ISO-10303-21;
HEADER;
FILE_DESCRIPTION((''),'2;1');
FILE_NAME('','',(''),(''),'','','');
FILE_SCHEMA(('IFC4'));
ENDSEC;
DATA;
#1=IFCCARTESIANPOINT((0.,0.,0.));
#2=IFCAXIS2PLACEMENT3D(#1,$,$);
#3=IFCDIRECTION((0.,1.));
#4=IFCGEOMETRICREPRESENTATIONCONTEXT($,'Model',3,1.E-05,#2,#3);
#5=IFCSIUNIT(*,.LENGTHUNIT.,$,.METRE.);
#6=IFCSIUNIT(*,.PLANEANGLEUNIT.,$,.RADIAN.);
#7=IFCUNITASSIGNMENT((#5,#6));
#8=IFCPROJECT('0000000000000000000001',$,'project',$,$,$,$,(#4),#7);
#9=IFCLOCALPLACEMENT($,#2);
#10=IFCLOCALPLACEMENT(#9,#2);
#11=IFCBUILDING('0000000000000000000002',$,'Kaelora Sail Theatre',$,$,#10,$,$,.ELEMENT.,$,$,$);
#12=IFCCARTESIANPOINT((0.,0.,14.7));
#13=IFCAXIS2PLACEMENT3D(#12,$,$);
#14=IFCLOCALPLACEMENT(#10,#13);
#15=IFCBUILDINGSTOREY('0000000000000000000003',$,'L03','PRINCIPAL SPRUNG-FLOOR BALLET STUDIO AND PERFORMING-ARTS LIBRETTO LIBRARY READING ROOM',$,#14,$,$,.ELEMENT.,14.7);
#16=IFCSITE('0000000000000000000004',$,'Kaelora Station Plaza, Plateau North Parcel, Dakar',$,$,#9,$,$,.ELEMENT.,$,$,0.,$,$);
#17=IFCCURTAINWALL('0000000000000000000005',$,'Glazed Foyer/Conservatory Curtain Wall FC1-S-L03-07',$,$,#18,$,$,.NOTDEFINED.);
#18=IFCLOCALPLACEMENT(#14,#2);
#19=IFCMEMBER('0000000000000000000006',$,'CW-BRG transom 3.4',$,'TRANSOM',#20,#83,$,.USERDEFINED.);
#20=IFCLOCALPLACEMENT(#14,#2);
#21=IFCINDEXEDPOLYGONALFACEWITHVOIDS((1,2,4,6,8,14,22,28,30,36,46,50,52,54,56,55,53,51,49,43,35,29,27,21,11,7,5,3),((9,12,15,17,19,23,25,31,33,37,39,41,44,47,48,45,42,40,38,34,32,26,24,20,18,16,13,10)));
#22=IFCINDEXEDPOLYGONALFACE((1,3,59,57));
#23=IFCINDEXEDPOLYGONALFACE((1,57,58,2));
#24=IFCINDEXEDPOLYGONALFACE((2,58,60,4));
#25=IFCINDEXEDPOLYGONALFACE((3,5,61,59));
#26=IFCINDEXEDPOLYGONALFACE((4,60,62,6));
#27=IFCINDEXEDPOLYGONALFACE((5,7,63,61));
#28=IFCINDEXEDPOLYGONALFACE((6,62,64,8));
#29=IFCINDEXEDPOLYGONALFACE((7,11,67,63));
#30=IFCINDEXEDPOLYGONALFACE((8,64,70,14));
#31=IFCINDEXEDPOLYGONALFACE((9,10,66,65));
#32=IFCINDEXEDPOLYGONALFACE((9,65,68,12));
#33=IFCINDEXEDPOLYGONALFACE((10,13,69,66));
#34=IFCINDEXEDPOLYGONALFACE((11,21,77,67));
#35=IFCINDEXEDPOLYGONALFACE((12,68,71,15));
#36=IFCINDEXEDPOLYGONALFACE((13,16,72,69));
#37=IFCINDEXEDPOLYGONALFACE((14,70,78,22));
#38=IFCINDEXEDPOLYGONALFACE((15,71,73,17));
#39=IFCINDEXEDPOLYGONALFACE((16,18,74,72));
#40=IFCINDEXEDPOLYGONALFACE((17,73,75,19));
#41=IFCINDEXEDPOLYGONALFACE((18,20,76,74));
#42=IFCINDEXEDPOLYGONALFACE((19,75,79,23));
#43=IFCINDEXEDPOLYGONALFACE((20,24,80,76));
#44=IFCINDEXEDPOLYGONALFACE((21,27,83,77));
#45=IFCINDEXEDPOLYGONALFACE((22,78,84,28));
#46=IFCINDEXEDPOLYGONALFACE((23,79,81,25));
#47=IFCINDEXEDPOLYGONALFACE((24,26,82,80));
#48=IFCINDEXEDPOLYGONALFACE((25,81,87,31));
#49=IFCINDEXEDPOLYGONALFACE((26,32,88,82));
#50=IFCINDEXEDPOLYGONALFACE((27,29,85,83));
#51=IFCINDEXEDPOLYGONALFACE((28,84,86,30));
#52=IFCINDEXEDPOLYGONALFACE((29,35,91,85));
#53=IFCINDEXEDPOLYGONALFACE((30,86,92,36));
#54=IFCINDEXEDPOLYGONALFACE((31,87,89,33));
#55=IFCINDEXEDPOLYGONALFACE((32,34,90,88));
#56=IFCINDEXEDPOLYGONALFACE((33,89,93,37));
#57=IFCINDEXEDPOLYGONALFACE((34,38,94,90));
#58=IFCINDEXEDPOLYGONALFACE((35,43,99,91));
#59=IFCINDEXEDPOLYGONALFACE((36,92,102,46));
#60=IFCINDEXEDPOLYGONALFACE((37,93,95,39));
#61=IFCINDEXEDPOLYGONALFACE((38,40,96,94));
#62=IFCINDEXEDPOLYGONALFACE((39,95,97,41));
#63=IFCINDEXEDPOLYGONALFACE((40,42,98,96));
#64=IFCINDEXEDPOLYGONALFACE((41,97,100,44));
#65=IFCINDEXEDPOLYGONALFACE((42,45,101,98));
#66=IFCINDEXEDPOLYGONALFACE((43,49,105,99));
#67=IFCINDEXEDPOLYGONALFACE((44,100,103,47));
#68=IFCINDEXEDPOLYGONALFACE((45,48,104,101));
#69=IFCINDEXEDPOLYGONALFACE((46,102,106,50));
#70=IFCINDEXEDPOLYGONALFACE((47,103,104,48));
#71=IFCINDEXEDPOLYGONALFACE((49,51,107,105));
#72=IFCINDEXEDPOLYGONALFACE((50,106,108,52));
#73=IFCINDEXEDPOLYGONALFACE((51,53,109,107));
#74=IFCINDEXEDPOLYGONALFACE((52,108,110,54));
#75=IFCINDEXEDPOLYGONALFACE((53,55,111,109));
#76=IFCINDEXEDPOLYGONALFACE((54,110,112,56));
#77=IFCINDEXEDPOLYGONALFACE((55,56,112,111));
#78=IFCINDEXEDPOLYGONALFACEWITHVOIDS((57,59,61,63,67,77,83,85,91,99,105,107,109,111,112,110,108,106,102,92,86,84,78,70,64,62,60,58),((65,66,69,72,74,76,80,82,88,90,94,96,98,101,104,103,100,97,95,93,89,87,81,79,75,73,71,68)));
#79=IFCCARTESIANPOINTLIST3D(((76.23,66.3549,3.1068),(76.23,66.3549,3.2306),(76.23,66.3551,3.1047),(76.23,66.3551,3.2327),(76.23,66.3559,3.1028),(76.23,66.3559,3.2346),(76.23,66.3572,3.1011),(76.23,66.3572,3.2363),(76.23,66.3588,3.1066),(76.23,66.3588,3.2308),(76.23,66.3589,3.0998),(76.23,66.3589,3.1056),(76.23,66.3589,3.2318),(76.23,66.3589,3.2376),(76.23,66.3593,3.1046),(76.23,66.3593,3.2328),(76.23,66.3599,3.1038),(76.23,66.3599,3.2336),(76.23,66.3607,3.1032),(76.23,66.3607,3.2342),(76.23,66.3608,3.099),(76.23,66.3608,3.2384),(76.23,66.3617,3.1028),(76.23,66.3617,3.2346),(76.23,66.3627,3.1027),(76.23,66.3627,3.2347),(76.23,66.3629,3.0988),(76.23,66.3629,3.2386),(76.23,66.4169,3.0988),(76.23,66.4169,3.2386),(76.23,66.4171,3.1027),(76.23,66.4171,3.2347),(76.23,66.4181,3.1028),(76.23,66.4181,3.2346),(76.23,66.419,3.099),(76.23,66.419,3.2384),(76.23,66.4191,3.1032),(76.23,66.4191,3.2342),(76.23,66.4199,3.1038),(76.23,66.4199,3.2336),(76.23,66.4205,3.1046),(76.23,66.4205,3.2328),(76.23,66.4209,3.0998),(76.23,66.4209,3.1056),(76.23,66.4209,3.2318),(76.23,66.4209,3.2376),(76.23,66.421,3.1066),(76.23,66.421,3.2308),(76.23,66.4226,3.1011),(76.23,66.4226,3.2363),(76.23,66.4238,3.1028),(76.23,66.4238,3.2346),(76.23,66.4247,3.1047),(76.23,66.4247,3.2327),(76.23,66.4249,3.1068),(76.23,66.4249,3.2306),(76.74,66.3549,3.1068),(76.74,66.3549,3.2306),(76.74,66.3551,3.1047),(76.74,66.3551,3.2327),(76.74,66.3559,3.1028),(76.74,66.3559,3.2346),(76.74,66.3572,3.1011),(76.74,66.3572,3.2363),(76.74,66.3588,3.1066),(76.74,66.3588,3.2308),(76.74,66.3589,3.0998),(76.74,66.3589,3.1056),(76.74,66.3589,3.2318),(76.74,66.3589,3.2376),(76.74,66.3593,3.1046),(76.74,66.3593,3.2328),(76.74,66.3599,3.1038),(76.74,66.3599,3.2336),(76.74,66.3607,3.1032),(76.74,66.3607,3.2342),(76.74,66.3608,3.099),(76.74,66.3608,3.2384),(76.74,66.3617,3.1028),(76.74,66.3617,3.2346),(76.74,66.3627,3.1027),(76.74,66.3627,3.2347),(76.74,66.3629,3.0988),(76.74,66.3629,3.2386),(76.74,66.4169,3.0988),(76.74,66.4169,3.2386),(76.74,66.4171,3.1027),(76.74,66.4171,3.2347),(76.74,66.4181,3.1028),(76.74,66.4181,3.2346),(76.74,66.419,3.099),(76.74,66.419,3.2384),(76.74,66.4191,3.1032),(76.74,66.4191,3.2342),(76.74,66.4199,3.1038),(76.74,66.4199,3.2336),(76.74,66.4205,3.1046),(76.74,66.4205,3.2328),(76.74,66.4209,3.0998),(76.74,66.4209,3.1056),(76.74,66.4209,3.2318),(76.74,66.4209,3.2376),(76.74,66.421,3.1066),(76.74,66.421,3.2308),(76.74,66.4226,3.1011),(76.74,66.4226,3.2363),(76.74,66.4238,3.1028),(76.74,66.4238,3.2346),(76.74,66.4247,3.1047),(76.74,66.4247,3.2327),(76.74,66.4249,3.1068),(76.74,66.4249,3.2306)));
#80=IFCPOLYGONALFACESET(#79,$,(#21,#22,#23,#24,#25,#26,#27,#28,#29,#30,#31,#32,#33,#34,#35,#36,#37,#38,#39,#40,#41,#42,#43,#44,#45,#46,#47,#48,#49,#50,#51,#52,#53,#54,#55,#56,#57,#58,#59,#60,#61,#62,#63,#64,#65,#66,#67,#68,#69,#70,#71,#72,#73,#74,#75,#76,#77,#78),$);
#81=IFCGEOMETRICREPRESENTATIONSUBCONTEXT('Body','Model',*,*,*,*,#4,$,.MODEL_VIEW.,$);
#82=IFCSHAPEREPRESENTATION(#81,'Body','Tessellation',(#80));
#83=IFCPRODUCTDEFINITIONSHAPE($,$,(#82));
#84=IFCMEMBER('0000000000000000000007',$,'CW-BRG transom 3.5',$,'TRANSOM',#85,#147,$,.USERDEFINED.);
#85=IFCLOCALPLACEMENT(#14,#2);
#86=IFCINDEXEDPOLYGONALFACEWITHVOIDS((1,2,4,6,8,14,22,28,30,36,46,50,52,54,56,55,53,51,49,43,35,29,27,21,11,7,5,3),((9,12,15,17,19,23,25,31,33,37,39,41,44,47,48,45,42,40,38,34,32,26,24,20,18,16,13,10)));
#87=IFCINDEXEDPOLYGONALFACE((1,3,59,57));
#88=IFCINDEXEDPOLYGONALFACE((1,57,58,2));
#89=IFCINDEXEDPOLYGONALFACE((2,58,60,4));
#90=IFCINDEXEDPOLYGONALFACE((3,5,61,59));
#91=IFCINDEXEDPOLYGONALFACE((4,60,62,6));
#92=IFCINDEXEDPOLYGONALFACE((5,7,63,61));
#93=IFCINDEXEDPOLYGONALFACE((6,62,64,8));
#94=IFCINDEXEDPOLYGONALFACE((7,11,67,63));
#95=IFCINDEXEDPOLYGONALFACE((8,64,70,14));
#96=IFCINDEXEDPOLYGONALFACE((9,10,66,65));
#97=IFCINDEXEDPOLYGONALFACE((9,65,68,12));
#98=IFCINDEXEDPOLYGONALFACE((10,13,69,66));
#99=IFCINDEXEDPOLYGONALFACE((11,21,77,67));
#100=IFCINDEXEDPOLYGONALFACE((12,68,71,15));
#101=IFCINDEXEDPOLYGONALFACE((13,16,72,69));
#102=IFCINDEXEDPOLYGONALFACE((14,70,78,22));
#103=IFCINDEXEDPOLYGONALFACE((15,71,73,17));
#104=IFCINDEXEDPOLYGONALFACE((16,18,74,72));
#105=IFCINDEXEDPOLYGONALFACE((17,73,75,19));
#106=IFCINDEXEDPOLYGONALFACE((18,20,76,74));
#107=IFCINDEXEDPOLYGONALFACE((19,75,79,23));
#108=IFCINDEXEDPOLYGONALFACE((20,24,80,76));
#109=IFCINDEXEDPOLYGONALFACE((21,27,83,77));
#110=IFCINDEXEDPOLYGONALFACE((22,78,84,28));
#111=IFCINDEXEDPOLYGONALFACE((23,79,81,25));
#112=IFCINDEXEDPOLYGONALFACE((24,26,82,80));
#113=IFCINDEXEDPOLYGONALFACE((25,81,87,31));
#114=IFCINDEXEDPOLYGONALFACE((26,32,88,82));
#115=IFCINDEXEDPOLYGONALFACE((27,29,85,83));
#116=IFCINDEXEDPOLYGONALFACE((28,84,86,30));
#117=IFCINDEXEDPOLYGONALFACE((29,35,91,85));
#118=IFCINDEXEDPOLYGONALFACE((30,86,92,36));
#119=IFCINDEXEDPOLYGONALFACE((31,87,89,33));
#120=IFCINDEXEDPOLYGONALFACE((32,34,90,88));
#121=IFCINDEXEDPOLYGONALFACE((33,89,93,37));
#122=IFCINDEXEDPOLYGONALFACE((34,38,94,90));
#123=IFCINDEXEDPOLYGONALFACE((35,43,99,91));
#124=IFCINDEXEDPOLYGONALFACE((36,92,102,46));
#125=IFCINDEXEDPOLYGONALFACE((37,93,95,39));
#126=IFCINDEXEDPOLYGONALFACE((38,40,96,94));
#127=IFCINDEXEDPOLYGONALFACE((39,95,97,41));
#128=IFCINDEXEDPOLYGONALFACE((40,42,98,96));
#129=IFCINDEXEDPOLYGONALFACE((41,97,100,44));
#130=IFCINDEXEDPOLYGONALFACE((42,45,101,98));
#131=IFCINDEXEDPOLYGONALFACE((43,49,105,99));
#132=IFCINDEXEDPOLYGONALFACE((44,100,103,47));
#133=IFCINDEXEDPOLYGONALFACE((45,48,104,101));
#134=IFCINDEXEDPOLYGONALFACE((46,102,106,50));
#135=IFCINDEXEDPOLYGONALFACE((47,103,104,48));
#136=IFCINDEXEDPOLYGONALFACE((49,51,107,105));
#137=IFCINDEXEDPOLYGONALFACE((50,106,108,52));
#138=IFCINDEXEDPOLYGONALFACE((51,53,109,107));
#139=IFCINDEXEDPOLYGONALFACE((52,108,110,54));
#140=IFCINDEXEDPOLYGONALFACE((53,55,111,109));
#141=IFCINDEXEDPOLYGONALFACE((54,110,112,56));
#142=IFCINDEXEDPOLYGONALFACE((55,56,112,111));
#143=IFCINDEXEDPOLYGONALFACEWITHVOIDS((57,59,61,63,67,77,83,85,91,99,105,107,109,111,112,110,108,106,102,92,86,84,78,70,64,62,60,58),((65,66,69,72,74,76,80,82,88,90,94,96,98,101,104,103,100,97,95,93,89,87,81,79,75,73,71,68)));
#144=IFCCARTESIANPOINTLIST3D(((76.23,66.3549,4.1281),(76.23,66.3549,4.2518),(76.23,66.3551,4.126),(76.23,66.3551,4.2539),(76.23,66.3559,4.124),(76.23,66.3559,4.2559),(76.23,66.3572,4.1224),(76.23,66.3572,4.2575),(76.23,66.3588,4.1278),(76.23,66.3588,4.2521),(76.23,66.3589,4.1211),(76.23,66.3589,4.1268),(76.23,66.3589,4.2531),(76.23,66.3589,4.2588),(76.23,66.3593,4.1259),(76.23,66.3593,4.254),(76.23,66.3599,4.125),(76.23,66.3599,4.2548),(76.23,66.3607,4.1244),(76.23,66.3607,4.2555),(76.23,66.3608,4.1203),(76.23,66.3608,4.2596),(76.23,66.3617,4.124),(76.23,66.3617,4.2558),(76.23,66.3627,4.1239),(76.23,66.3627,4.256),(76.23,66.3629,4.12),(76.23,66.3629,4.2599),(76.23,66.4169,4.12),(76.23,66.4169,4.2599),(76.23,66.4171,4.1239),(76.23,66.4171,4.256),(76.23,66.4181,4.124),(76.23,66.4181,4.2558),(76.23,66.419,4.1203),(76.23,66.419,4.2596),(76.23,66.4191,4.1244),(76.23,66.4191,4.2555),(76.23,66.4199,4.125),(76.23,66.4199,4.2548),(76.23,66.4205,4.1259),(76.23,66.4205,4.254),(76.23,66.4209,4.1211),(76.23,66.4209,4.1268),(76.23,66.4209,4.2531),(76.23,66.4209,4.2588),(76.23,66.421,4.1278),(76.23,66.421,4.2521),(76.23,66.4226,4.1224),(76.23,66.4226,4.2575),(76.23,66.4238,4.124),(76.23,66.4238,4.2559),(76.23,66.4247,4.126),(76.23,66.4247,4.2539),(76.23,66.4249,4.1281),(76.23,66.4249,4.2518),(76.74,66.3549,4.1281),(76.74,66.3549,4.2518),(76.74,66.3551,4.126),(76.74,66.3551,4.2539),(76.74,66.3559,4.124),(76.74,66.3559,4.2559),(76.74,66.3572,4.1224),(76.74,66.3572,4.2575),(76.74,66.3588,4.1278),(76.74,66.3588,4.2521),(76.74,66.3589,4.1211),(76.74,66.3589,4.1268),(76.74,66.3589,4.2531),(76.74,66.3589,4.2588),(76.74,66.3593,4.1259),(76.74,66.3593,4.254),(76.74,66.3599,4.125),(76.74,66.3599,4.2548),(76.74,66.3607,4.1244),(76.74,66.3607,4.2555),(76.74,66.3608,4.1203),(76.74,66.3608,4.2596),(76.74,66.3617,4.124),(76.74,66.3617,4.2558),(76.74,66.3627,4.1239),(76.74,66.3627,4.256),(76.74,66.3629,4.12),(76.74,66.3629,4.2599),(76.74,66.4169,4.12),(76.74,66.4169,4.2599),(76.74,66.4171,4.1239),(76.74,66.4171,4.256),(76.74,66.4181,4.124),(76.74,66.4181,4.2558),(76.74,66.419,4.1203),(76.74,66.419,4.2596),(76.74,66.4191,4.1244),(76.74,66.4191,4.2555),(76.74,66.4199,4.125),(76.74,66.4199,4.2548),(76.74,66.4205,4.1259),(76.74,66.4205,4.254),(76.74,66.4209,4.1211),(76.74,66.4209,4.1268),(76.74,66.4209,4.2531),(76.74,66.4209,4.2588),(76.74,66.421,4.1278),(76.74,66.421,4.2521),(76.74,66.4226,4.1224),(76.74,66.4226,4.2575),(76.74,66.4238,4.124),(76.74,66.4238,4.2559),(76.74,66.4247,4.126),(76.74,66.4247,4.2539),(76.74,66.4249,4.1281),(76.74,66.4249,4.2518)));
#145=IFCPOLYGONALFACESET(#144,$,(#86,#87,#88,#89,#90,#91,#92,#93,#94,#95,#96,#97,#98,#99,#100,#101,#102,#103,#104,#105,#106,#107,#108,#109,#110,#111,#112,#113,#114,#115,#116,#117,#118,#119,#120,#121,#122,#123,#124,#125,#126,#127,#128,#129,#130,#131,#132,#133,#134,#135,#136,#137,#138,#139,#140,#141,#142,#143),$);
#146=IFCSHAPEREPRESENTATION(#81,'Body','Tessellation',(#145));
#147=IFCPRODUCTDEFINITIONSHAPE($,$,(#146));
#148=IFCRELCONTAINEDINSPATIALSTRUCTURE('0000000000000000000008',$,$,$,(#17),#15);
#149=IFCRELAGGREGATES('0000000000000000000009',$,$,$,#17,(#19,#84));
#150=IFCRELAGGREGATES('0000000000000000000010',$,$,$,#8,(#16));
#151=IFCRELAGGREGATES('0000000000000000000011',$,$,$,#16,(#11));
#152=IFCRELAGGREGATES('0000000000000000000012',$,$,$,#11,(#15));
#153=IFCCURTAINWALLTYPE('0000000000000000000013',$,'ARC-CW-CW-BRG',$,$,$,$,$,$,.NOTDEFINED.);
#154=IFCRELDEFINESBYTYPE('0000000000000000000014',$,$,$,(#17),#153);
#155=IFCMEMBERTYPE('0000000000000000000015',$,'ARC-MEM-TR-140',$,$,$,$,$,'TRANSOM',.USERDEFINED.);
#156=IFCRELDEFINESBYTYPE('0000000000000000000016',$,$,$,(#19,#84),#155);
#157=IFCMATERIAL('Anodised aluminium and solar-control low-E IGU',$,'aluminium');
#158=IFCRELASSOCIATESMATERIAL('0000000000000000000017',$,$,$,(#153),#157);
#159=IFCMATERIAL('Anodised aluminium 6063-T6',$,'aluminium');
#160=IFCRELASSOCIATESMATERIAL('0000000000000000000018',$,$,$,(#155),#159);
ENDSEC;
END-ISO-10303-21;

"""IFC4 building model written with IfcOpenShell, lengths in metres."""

from ifc_helpers import new_model, si_unit, direction, frame, origin, origin_2d, place, context, subcontext, project, spatial, hollow_rectangle, extrude, material, material_profile, profile_set, type_object, element, aggregate, save


model = new_model("IFC4")

# Units and contexts
model_context = context("Model", 3, precision=1e-05, world=origin(), true_north=direction((0.0, 1.0)))
body_context = subcontext(model_context, "Body", "Model", "MODEL_VIEW")
ifc_project = project(units=[si_unit("LENGTHUNIT", "METRE"), si_unit("PLANEANGLEUNIT", "RADIAN")], contexts=[model_context])

# Site, building, storey
site_placement = place(None, origin())
site = spatial("IfcSite", under=ifc_project, at=site_placement, Name="Kaelora Station Plaza, Plateau North Parcel, Dakar", CompositionType="ELEMENT", RefElevation=0.0)
building_placement = place(site_placement, origin())
building = spatial("IfcBuilding", under=site, at=building_placement, Name="Kaelora Sail Theatre", CompositionType="ELEMENT")
storey_placement = place(building_placement, frame((0.0, 0.0, 14.7)))
storey = spatial("IfcBuildingStorey", under=building, at=storey_placement, Name="L03", Description="PRINCIPAL SPRUNG-FLOOR BALLET STUDIO AND PERFORMING-ARTS LIBRETTO LIBRARY READING ROOM", CompositionType="ELEMENT", Elevation=14.7)

# Curtain wall, members
ifc_material_1 = material(Name="Anodised aluminium and solar-control low-E IGU", Category="aluminium")
curtain_wall_type = type_object("IfcCurtainWallType", Name="ARC-CW-CW-BRG", PredefinedType="NOTDEFINED", material=ifc_material_1)
curtain_wall_1_placement = place(storey_placement, origin())
curtain_wall_1 = element("IfcCurtainWall", 1, at=curtain_wall_1_placement, inside=storey, type_object=curtain_wall_type, Name="Glazed Foyer/Conservatory Curtain Wall FC1-S-L03-07", PredefinedType="NOTDEFINED")
ifc_material_2 = material(Name="Anodised aluminium 6063-T6", Category="aluminium")
ifc_material_profile = material_profile(ifc_material_2, hollow_rectangle(XDim=0.0701, YDim=0.1399, WallThickness=0.0039, InnerFilletRadius=0.0039, OuterFilletRadius=0.0081, at=origin_2d()), Name="ALU-TRAN 70x140x4")
ifc_profile_set = profile_set([ifc_material_profile], Name="Anodised aluminium 6063-T6")
member_type = type_object("IfcMemberType", Name="ARC-MEM-TR-140", ElementType="TRANSOM", PredefinedType="USERDEFINED", material=ifc_profile_set)
member_1_placement = place(storey_placement, frame((76.23, 66.3899, 3.1687), z_axis=(1.0, 0.0, 0.0), x_axis=(0.0, 1.0, 0.0)))
member_1 = element("IfcMember", 2, at=member_1_placement, type_object=member_type, Name="CW-BRG transom 3.4", ObjectType="TRANSOM", PredefinedType="USERDEFINED", context=body_context, shape_type="SweptSolid", body=[
    extrude(hollow_rectangle(XDim=0.0701, YDim=0.1399, WallThickness=0.0039, InnerFilletRadius=0.0039, OuterFilletRadius=0.0081, at=origin_2d()), origin(), (0.0, 0.0, 1.0), 0.51),
])
member_2_placement = place(storey_placement, frame((76.23, 66.3899, 4.1899), z_axis=(1.0, 0.0, 0.0), x_axis=(0.0, 1.0, 0.0)))
member_2 = element("IfcMember", 3, at=member_2_placement, type_object=member_type, Name="CW-BRG transom 3.5", ObjectType="TRANSOM", PredefinedType="USERDEFINED", context=body_context, shape_type="SweptSolid", body=[
    extrude(hollow_rectangle(XDim=0.0701, YDim=0.1399, WallThickness=0.0039, InnerFilletRadius=0.0039, OuterFilletRadius=0.0081, at=origin_2d()), origin(), (0.0, 0.0, 1.0), 0.51),
])

aggregate(curtain_wall_1, [member_1, member_2])

save(model, "model.ifc")
